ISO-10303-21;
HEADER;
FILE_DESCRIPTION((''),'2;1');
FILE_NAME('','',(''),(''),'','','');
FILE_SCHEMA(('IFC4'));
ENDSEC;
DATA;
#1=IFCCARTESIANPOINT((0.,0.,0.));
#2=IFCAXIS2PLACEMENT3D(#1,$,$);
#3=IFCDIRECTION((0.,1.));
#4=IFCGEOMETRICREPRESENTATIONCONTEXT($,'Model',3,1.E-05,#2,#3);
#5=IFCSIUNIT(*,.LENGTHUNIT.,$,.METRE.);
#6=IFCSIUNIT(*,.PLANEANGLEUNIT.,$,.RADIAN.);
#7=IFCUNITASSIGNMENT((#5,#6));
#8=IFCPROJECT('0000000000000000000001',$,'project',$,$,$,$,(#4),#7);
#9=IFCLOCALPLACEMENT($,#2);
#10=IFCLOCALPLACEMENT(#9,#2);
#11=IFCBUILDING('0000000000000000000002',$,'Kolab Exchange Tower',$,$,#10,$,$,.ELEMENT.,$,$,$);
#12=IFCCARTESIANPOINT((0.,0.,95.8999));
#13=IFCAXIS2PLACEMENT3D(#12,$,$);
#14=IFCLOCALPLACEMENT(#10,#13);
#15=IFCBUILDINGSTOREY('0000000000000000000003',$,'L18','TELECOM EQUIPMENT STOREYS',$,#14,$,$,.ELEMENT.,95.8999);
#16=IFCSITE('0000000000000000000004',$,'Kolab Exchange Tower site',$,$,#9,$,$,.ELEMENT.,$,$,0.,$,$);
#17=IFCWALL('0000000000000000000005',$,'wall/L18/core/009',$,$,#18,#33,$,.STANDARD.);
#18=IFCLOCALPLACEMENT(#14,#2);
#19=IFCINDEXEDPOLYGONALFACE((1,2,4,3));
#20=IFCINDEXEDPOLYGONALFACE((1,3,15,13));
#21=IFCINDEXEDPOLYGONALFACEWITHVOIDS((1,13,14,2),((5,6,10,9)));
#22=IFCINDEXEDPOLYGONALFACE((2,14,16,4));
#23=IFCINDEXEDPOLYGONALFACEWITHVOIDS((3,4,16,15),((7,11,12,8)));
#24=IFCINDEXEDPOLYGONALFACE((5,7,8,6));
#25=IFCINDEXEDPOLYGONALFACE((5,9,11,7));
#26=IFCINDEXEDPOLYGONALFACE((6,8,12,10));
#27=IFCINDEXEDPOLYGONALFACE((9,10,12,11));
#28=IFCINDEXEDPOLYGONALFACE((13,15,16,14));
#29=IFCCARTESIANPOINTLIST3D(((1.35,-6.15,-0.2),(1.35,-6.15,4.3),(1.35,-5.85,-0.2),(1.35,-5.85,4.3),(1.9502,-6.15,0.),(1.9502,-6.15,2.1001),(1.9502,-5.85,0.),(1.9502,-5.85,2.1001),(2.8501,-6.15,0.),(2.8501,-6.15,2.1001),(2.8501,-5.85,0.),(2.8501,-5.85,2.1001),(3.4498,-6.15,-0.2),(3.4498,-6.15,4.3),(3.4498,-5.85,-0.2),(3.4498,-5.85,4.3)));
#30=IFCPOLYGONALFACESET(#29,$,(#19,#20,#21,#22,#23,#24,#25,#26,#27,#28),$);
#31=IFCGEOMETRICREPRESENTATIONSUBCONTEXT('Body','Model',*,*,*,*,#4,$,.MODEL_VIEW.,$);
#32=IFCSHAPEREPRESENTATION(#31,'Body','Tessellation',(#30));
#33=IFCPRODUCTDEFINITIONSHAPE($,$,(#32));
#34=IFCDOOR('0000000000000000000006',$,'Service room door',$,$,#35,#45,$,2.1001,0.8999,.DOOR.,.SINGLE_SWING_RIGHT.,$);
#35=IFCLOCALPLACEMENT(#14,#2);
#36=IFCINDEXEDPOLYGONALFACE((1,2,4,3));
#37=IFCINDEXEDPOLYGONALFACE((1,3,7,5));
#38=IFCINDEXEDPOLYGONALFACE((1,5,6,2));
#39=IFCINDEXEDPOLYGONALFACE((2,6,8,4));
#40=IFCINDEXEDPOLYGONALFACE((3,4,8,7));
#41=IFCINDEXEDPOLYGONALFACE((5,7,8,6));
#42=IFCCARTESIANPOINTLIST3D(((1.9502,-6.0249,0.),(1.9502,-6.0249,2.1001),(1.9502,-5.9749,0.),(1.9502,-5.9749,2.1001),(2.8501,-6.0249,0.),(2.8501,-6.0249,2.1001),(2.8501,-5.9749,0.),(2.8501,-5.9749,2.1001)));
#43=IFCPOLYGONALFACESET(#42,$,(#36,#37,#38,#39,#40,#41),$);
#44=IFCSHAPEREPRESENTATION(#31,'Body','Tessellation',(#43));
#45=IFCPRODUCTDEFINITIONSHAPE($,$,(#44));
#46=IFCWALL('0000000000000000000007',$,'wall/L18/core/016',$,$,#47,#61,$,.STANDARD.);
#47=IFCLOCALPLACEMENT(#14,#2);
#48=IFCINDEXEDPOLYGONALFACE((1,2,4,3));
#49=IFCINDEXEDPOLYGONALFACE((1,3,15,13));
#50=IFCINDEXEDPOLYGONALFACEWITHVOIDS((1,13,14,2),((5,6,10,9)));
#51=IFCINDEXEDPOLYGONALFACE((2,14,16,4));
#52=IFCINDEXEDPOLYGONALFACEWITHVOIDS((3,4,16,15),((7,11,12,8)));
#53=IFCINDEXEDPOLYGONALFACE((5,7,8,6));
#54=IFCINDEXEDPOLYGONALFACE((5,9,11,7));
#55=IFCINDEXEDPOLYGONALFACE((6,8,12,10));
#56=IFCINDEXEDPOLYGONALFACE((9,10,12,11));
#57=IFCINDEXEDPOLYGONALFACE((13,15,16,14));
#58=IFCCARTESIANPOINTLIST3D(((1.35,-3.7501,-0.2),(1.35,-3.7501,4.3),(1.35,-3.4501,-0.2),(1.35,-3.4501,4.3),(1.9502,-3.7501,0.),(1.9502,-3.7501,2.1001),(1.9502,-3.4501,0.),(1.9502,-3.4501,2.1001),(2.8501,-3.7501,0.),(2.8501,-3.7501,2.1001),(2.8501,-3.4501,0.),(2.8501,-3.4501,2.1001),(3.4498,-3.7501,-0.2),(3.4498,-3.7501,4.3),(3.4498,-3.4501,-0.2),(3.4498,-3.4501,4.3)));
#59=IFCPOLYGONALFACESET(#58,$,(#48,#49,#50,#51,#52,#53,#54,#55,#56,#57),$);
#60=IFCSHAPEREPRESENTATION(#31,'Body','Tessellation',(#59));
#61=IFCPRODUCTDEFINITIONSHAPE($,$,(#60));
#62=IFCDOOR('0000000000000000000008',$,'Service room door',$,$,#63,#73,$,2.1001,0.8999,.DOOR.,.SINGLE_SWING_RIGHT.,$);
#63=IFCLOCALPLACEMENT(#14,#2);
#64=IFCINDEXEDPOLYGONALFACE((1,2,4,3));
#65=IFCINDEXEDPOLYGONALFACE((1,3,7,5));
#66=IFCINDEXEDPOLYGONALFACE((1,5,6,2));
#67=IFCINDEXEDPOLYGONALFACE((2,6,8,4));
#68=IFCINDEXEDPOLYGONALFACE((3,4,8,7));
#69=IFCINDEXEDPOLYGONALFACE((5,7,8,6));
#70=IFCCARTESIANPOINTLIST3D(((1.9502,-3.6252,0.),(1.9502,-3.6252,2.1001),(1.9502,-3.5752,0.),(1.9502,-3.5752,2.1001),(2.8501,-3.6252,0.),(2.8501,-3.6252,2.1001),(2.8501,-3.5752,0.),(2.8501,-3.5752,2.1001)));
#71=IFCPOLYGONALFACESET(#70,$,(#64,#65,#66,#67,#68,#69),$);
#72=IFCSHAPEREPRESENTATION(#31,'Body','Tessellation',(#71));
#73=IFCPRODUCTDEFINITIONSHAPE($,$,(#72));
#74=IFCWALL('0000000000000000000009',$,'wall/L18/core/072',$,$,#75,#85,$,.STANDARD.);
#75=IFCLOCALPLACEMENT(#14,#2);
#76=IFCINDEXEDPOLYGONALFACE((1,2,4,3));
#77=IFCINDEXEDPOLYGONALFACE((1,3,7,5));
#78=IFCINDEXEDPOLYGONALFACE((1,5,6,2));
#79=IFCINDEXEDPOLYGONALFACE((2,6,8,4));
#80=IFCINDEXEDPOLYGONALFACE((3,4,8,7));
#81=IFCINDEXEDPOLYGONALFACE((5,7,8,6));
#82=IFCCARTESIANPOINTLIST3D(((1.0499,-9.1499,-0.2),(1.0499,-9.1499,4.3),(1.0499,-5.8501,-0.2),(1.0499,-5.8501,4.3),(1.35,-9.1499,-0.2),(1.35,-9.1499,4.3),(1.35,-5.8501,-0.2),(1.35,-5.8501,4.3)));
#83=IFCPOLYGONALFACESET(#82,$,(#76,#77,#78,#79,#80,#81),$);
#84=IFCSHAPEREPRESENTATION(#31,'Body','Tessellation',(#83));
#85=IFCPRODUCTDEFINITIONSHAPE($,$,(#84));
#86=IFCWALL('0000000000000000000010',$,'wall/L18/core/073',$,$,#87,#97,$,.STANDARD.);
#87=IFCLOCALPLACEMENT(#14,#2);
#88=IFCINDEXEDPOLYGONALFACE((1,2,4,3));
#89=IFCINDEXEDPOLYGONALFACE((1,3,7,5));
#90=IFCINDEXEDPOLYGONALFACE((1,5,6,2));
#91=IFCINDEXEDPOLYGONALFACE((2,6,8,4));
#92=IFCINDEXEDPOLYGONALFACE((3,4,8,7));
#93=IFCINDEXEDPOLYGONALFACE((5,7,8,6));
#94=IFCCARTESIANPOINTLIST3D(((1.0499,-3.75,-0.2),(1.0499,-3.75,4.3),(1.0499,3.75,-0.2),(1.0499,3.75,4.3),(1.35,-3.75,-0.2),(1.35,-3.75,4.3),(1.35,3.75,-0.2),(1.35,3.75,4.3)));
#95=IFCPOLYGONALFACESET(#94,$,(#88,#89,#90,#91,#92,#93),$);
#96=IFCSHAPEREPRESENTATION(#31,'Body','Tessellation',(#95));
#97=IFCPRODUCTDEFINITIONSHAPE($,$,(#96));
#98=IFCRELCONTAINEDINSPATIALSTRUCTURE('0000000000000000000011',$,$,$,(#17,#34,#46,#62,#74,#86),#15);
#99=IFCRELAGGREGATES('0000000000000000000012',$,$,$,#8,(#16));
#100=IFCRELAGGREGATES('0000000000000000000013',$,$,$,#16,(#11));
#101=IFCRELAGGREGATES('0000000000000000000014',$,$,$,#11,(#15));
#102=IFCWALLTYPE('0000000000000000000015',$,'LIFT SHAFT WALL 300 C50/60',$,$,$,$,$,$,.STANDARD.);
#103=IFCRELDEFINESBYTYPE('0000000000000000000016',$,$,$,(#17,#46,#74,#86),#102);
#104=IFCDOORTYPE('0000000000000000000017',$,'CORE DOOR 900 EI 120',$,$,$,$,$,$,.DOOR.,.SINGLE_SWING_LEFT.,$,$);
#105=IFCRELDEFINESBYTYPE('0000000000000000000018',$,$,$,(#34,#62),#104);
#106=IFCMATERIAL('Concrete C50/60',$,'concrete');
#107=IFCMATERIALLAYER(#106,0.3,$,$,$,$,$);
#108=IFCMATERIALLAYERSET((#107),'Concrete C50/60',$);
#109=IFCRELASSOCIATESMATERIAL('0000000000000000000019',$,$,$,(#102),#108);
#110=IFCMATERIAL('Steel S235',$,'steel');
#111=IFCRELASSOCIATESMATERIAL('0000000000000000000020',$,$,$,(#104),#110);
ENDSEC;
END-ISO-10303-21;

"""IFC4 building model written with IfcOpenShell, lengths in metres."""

from ifc_helpers import new_model, si_unit, direction, frame, frame_2d, origin, place, context, subcontext, project, spatial, rectangle, extrude, material, layer, layer_set, type_object, element, fill, save


model = new_model("IFC4")

# Units and contexts
model_context = context("Model", 3, precision=1e-05, world=origin(), true_north=direction((0.0, 1.0)))
body_context = subcontext(model_context, "Body", "Model", "MODEL_VIEW")
ifc_project = project(units=[si_unit("LENGTHUNIT", "METRE"), si_unit("PLANEANGLEUNIT", "RADIAN")], contexts=[model_context])

# Site, building, storey
site_placement = place(None, origin())
site = spatial("IfcSite", under=ifc_project, at=site_placement, Name="Kolab Exchange Tower site", CompositionType="ELEMENT", RefElevation=0.0)
building_placement = place(site_placement, origin())
building = spatial("IfcBuilding", under=site, at=building_placement, Name="Kolab Exchange Tower", CompositionType="ELEMENT")
storey_placement = place(building_placement, frame((0.0, 0.0, 95.8999)))
storey = spatial("IfcBuildingStorey", under=building, at=storey_placement, Name="L18", Description="TELECOM EQUIPMENT STOREYS", CompositionType="ELEMENT", Elevation=95.8999)

# Walls, openings, doors
ifc_material_1 = material(Name="Concrete C50/60", Category="concrete")
ifc_layer_1 = layer(ifc_material_1, 0.3)
ifc_layer_set_1 = layer_set([ifc_layer_1], Name="Concrete C50/60")
wall_type = type_object("IfcWallType", Name="LIFT SHAFT WALL 300 C50/60", PredefinedType="STANDARD", material=ifc_layer_set_1)
wall_1_placement = place(storey_placement, frame((1.3501, -6.0, -0.2), z_axis=(0.0, 0.0, 1.0), x_axis=(1.0, 0.0, 0.0)))
wall_1 = element("IfcWall", 1, at=wall_1_placement, inside=storey, type_object=wall_type, Name="wall/L18/core/009", PredefinedType="STANDARD", context=body_context, shape_type="SweptSolid", body=[
    extrude(rectangle(XDim=2.0999, YDim=0.3, at=frame_2d((1.0498, 0.0))), origin(), (0.0, 0.0, 1.0), 4.5),
])
opening_1_placement = place(wall_1_placement, frame((0.6001, 0.0, 0.2)))
opening_1 = element("IfcOpeningElement", 2, at=opening_1_placement, cuts=wall_1, PredefinedType="OPENING", context=body_context, shape_type="SweptSolid", body=[
    extrude(rectangle(XDim=0.8999, YDim=2.1001, at=frame_2d((0.45, 1.05))), frame((0.0, 0.1602, 0.0), z_axis=(0.0, -1.0, 0.0), x_axis=(1.0, 0.0, 0.0)), (0.0, 0.0, 1.0), 0.3201),
])
ifc_material_2 = material(Name="Steel S235", Category="steel")
door_type = type_object("IfcDoorType", Name="CORE DOOR 900 EI 120", OperationType="SINGLE_SWING_LEFT", PredefinedType="DOOR", material=ifc_material_2)
door_1_placement = place(opening_1_placement, frame((0.8999, 0.0, 0.0), z_axis=(0.0, 0.0, 1.0), x_axis=(-1.0, 0.0, 0.0)))
door_1 = element("IfcDoor", 3, at=door_1_placement, inside=storey, type_object=door_type, Name="Service room door", OperationType="SINGLE_SWING_RIGHT", OverallHeight=2.1001, OverallWidth=0.8999, PredefinedType="DOOR", context=body_context, shape_type="SweptSolid", body=[
    extrude(rectangle(XDim=0.8999, YDim=2.1001, at=frame_2d((0.45, 1.05))), frame((0.0, 0.0249, 0.0), z_axis=(0.0, -1.0, 0.0), x_axis=(1.0, 0.0, 0.0)), (0.0, 0.0, 1.0), 0.05),
])
fill(opening_1, door_1)
wall_2_placement = place(storey_placement, frame((1.3501, -3.6001, -0.2), z_axis=(0.0, 0.0, 1.0), x_axis=(1.0, 0.0, 0.0)))
wall_2 = element("IfcWall", 4, at=wall_2_placement, inside=storey, type_object=wall_type, Name="wall/L18/core/016", PredefinedType="STANDARD", context=body_context, shape_type="SweptSolid", body=[
    extrude(rectangle(XDim=2.0999, YDim=0.3, at=frame_2d((1.0498, 0.0))), origin(), (0.0, 0.0, 1.0), 4.5),
])
opening_2_placement = place(wall_2_placement, frame((0.6001, 0.0, 0.2)))
opening_2 = element("IfcOpeningElement", 5, at=opening_2_placement, cuts=wall_2, PredefinedType="OPENING", context=body_context, shape_type="SweptSolid", body=[
    extrude(rectangle(XDim=0.8999, YDim=2.1001, at=frame_2d((0.45, 1.05))), frame((0.0, 0.1602, 0.0), z_axis=(0.0, -1.0, 0.0), x_axis=(1.0, 0.0, 0.0)), (0.0, 0.0, 1.0), 0.3201),
])
door_2_placement = place(opening_2_placement, origin())
door_2 = element("IfcDoor", 6, at=door_2_placement, inside=storey, type_object=door_type, Name="Service room door", OperationType="SINGLE_SWING_RIGHT", OverallHeight=2.1001, OverallWidth=0.8999, PredefinedType="DOOR", context=body_context, shape_type="SweptSolid", body=[
    extrude(rectangle(XDim=0.8999, YDim=2.1001, at=frame_2d((0.45, 1.05))), frame((0.0, 0.0249, 0.0), z_axis=(0.0, -1.0, 0.0), x_axis=(1.0, 0.0, 0.0)), (0.0, 0.0, 1.0), 0.05),
])
fill(opening_2, door_2)

# Walls
wall_3_placement = place(storey_placement, frame((1.2, -9.1499, -0.2), z_axis=(0.0, 0.0, 1.0), x_axis=(0.0, 1.0, 0.0)))
element("IfcWall", 7, at=wall_3_placement, inside=storey, type_object=wall_type, Name="wall/L18/core/072", PredefinedType="STANDARD", context=body_context, shape_type="SweptSolid", body=[
    extrude(rectangle(XDim=3.2998, YDim=0.3, at=frame_2d((1.6499, 0.0))), origin(), (0.0, 0.0, 1.0), 4.5),
])
wall_4_placement = place(storey_placement, frame((1.2, -3.75, -0.2), z_axis=(0.0, 0.0, 1.0), x_axis=(0.0, 1.0, 0.0)))
element("IfcWall", 8, at=wall_4_placement, inside=storey, type_object=wall_type, Name="wall/L18/core/073", PredefinedType="STANDARD", context=body_context, shape_type="SweptSolid", body=[
    extrude(rectangle(XDim=7.5, YDim=0.3, at=frame_2d((3.75, 0.0))), origin(), (0.0, 0.0, 1.0), 4.5),
])

save(model, "model.ifc")
